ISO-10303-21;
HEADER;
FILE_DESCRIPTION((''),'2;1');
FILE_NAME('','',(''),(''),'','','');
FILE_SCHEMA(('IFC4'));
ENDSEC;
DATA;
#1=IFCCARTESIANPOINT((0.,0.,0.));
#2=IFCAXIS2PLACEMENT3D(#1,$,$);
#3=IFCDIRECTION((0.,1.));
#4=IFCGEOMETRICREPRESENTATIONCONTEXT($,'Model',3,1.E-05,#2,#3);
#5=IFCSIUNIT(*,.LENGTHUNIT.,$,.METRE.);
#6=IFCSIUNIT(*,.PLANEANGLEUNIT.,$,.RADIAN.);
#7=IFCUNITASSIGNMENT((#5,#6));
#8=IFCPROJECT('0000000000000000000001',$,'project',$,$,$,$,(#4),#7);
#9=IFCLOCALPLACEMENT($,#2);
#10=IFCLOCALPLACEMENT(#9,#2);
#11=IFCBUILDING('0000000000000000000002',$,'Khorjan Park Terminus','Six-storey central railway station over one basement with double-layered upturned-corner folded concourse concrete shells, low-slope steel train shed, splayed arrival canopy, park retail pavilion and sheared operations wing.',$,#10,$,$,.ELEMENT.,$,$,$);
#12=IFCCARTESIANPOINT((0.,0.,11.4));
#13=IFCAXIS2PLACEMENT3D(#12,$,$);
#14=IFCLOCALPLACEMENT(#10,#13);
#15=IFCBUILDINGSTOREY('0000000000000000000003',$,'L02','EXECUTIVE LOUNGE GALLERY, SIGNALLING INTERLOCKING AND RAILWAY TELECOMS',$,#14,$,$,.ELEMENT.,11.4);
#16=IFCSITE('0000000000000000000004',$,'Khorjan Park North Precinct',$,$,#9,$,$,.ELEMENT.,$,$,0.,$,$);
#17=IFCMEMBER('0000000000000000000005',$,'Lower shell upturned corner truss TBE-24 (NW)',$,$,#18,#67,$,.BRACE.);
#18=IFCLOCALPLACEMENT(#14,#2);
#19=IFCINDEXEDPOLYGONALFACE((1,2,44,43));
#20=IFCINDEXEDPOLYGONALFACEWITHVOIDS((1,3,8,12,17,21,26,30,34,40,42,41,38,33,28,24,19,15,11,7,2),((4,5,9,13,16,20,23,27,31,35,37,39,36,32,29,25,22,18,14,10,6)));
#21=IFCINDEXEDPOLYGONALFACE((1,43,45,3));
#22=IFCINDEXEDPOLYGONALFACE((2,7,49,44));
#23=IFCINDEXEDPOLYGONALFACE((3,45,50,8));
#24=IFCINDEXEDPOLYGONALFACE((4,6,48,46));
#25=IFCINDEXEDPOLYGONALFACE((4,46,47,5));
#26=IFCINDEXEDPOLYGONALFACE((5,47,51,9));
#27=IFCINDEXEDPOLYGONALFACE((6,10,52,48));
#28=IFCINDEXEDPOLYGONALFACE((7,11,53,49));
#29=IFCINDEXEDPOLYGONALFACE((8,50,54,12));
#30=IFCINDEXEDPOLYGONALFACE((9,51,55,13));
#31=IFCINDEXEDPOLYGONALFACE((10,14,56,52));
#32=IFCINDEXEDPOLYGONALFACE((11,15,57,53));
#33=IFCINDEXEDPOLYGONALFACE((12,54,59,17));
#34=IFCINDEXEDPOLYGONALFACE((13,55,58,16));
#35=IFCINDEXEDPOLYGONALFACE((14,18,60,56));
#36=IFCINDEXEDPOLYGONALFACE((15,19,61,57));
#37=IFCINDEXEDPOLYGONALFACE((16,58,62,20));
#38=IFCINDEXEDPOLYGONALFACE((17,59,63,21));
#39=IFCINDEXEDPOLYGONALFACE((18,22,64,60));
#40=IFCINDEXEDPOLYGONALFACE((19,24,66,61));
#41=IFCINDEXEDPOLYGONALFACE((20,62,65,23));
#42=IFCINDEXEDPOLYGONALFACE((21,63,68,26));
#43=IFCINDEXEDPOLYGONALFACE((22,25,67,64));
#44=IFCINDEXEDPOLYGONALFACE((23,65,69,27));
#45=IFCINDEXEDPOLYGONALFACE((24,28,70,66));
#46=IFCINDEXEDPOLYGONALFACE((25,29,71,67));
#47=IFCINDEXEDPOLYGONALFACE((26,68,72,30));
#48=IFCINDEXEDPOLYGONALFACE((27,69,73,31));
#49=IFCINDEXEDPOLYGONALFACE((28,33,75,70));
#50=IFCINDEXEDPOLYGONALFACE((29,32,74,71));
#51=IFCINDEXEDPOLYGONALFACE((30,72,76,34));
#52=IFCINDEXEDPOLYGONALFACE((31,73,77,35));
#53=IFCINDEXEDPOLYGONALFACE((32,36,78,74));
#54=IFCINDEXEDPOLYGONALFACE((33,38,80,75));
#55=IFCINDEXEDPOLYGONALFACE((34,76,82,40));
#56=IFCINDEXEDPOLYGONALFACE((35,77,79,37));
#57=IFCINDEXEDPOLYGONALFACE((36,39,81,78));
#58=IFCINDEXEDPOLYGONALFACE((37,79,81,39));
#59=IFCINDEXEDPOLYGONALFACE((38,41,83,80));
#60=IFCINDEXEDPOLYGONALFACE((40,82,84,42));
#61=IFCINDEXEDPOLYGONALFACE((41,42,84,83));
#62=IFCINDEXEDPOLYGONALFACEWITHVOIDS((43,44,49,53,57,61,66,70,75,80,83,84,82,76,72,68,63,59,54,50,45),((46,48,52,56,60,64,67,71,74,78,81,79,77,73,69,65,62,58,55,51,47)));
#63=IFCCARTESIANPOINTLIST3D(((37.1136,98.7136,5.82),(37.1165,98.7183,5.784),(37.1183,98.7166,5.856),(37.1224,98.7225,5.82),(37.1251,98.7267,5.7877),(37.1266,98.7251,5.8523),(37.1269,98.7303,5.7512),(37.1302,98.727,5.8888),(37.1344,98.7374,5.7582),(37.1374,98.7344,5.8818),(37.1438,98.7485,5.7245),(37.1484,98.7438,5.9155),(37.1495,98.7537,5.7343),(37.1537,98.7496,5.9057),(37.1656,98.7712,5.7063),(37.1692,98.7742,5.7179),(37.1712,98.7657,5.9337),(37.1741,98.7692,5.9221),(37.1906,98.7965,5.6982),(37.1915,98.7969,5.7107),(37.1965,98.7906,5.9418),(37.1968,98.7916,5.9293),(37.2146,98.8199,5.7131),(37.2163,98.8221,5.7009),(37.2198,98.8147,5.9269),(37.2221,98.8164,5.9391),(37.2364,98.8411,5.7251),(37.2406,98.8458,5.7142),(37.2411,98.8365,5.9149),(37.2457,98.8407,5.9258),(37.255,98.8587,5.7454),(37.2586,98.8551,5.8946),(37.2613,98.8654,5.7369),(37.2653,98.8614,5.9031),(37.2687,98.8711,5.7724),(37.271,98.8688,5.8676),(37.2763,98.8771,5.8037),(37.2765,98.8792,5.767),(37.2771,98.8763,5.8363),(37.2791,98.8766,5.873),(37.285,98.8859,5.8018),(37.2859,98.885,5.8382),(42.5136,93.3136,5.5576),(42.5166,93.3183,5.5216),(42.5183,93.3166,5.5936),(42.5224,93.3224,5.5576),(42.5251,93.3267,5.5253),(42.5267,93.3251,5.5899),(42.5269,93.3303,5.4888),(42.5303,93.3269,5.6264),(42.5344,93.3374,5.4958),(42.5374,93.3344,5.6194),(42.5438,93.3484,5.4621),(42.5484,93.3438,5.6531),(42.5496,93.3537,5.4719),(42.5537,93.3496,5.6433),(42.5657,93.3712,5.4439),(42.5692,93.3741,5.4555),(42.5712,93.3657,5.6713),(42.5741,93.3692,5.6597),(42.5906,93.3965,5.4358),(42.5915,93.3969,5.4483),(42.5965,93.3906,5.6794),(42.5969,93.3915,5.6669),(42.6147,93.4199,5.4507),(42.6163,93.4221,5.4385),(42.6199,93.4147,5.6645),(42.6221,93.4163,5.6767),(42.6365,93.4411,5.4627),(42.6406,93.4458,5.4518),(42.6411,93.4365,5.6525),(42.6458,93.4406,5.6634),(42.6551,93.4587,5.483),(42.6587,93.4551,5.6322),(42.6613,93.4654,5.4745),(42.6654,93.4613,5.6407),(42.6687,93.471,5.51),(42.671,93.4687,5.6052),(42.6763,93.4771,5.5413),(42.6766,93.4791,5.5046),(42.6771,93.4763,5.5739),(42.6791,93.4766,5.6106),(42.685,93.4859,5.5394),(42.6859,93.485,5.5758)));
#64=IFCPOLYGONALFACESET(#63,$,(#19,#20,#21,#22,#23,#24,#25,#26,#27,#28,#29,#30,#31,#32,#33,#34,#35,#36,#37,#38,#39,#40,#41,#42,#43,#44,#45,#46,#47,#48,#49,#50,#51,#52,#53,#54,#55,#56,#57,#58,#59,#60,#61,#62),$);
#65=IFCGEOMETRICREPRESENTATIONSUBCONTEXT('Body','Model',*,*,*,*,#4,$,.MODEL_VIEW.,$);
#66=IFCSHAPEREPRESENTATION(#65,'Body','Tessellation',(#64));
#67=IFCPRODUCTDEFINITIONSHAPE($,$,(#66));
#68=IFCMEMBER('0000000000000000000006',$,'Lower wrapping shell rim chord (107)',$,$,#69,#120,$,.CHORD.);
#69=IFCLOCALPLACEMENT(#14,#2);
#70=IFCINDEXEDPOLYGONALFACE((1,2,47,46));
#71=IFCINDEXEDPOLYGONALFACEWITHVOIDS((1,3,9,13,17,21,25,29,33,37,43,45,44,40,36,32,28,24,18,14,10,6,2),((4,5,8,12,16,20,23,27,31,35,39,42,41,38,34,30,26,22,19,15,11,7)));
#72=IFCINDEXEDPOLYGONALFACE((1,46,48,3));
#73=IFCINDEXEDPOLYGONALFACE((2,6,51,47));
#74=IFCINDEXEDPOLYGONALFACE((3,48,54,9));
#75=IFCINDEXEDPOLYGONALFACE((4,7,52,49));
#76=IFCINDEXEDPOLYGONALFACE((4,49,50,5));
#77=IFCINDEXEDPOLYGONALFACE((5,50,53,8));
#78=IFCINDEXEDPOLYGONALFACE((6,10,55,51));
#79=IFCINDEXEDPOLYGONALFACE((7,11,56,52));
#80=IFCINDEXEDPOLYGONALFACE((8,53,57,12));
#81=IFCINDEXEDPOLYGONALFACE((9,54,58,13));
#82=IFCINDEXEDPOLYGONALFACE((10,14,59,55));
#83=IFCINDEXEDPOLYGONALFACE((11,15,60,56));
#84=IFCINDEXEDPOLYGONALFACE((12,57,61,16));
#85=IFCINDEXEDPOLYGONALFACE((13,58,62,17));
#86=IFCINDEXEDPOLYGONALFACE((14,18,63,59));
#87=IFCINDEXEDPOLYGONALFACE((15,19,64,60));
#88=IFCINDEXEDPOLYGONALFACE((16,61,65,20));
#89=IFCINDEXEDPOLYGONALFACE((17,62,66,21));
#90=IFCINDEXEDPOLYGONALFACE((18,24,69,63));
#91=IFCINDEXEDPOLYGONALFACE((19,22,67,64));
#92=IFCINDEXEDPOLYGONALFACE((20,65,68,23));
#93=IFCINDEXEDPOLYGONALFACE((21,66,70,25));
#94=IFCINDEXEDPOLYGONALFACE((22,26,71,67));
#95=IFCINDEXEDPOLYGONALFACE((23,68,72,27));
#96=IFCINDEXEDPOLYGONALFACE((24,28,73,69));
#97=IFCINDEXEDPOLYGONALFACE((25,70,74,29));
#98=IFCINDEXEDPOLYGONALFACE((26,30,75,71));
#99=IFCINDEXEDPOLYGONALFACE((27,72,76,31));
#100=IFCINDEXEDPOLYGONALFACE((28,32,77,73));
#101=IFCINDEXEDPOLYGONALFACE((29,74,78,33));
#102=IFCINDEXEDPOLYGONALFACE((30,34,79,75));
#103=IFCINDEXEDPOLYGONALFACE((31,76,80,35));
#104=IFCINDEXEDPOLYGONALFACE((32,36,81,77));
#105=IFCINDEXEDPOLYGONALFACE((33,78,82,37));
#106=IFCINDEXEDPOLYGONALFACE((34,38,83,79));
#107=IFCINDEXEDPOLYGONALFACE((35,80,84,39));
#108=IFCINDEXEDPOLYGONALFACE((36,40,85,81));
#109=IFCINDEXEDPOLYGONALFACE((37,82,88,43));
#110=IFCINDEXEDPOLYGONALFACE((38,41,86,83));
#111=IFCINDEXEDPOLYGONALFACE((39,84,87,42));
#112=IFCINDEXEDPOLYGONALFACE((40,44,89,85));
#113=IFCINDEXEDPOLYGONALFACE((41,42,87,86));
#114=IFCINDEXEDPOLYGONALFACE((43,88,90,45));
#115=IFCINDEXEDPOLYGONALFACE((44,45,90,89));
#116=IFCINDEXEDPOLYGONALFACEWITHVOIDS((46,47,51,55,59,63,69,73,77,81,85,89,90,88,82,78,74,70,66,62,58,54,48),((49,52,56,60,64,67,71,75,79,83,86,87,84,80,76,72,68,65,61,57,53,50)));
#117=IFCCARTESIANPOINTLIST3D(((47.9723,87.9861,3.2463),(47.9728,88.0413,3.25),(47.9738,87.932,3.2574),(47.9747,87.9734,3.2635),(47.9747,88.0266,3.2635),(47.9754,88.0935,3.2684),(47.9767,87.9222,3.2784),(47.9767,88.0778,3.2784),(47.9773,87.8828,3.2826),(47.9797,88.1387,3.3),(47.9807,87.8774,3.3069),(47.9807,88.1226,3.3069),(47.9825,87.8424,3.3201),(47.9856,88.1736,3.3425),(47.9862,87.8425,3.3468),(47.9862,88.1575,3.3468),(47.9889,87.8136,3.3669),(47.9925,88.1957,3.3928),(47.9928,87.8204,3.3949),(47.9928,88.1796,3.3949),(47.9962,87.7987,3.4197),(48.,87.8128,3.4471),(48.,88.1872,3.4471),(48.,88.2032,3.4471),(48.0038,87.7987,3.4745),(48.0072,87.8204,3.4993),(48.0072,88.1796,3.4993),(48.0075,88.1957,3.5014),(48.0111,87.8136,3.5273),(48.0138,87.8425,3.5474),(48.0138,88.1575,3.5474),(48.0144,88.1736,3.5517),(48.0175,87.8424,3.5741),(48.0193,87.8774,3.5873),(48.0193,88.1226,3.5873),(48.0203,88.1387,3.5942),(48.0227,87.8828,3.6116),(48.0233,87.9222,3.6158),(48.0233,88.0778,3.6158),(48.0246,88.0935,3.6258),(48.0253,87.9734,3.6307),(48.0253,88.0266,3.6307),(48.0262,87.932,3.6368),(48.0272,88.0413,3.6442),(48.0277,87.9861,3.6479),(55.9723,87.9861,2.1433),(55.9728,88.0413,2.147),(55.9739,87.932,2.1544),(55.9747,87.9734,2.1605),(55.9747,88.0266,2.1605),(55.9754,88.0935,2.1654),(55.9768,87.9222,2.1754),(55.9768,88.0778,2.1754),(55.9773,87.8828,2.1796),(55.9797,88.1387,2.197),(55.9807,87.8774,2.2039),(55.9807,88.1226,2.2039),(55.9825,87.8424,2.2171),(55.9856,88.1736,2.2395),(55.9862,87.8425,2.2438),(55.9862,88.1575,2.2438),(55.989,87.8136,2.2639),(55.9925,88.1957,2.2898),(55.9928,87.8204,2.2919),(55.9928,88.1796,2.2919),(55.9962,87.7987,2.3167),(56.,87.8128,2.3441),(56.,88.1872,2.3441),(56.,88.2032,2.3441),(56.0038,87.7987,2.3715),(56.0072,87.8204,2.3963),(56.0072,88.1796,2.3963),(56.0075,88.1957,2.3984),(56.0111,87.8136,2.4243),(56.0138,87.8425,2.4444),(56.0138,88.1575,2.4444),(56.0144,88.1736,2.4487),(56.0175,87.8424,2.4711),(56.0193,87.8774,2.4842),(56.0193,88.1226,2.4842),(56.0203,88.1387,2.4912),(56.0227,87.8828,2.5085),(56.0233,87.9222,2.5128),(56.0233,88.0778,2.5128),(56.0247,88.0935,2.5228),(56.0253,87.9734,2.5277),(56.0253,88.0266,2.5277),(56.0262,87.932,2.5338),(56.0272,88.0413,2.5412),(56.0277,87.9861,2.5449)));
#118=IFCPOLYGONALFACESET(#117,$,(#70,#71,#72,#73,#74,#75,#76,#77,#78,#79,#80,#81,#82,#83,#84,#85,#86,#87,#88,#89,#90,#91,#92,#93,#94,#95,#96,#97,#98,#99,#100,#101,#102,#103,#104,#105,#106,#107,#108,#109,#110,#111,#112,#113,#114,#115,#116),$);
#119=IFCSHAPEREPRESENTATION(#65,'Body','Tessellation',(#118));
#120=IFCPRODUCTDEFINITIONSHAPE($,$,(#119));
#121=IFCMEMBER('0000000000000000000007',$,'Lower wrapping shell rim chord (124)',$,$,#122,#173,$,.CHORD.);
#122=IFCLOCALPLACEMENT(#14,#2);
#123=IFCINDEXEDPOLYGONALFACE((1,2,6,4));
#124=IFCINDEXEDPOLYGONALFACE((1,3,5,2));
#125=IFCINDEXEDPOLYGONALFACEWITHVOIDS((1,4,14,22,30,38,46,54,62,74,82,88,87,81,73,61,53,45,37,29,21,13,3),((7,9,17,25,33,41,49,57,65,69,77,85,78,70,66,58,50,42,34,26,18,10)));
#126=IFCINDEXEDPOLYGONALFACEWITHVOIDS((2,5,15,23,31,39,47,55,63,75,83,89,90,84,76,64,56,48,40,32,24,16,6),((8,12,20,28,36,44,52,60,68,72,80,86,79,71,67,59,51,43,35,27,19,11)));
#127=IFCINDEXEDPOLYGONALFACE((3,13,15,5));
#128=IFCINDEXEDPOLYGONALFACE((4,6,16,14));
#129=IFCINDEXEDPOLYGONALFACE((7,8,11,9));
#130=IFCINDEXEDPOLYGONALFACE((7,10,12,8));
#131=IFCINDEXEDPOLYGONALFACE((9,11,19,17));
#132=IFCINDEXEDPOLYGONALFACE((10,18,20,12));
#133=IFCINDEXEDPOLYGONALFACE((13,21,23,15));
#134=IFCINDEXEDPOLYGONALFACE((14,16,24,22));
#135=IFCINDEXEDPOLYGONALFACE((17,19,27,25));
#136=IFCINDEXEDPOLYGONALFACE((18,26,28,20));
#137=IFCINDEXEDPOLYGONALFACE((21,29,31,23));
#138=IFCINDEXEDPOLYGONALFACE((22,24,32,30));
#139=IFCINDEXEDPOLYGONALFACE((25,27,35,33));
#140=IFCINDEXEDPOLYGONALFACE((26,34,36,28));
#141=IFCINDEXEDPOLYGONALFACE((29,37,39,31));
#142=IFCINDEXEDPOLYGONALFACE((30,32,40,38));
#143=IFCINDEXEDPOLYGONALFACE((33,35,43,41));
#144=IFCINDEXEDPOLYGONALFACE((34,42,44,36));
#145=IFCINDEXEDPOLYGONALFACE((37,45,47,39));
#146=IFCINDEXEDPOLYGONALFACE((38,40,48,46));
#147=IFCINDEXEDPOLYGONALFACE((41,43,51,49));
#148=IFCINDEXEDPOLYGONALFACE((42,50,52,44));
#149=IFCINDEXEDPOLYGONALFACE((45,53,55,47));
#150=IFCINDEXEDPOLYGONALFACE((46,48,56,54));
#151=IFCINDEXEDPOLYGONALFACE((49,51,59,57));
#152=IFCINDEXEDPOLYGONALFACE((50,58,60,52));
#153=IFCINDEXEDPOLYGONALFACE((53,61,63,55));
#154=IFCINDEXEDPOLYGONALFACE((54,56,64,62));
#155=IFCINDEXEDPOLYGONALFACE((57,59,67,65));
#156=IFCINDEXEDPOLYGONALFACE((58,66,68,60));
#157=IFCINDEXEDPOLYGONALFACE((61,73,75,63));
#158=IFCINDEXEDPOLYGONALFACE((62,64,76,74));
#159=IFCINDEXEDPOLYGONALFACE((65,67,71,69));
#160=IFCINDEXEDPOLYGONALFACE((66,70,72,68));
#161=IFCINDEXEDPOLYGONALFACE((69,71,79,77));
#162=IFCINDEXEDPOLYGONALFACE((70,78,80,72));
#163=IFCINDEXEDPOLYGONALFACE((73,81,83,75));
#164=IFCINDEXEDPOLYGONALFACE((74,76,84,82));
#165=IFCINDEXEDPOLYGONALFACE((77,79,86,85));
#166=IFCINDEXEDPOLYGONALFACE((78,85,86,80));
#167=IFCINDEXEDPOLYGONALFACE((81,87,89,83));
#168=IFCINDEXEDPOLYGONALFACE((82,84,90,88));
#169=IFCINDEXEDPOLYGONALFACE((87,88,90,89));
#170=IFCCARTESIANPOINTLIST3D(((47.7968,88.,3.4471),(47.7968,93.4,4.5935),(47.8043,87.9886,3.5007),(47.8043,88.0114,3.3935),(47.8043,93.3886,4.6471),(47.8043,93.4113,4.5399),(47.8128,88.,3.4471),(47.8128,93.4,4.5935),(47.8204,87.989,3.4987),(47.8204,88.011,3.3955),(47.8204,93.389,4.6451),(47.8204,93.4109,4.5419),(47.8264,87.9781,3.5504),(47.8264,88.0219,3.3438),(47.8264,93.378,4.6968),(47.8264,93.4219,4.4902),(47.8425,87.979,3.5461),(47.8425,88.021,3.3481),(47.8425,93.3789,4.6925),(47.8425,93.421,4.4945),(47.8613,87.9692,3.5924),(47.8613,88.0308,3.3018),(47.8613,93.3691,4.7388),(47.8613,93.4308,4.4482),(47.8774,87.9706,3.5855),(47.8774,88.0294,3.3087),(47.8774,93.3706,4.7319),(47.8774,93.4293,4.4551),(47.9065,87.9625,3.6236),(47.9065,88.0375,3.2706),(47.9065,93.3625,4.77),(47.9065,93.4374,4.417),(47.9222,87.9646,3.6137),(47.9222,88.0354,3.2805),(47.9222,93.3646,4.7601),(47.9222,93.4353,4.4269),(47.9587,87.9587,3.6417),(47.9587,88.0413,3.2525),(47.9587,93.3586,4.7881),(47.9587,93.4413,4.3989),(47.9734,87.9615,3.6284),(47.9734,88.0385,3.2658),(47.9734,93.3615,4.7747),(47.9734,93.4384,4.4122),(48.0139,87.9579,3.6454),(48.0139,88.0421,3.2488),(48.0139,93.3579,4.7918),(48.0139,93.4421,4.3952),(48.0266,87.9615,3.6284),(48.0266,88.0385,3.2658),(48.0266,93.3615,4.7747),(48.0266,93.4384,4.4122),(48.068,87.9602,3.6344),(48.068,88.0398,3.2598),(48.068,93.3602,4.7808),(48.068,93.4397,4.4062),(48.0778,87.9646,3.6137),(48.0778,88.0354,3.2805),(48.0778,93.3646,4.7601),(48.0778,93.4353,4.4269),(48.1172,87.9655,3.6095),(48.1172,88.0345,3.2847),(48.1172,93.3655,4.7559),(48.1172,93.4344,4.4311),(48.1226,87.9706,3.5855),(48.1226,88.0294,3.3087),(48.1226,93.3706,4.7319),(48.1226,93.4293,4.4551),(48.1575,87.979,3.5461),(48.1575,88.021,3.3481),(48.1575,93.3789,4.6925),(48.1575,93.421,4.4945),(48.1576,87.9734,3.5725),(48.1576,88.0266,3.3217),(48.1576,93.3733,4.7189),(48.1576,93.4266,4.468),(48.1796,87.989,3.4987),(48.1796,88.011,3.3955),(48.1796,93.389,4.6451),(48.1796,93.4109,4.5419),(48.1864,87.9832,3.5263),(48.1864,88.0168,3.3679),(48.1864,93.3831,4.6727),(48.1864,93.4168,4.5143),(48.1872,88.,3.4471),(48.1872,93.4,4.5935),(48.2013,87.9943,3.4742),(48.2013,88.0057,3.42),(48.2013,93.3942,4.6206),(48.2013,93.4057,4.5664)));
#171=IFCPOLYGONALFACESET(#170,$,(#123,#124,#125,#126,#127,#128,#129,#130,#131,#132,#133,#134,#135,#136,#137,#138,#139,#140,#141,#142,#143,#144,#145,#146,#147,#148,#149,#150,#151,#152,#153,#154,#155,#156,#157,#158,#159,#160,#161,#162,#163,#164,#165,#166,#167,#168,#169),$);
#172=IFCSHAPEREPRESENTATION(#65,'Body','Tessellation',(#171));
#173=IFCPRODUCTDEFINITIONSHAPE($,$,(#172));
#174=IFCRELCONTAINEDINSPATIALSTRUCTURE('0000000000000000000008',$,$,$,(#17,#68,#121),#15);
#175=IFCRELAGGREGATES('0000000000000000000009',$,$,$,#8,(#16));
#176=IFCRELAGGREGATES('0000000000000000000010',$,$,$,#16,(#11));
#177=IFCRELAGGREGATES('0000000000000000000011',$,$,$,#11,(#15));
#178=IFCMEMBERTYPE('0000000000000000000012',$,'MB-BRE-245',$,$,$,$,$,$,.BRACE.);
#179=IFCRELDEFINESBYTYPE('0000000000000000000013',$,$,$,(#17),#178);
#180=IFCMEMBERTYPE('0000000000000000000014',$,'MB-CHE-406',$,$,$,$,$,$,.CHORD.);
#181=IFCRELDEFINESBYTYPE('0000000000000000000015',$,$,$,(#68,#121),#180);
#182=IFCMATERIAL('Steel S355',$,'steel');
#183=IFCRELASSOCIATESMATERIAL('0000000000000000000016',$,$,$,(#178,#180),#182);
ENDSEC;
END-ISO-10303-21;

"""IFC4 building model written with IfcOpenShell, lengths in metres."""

from ifc_helpers import new_model, si_unit, direction, frame, origin, origin_2d, place, context, subcontext, project, spatial, hollow_circle, extrude, material, material_profile, profile_set, type_object, element, save


model = new_model("IFC4")

# Units and contexts
model_context = context("Model", 3, precision=1e-05, world=origin(), true_north=direction((0.0, 1.0)))
body_context = subcontext(model_context, "Body", "Model", "MODEL_VIEW")
ifc_project = project(units=[si_unit("LENGTHUNIT", "METRE"), si_unit("PLANEANGLEUNIT", "RADIAN")], contexts=[model_context])

# Site, building, storey
site_placement = place(None, origin())
site = spatial("IfcSite", under=ifc_project, at=site_placement, Name="Khorjan Park North Precinct", CompositionType="ELEMENT", RefElevation=0.0)
building_placement = place(site_placement, origin())
building = spatial("IfcBuilding", under=site, at=building_placement, Name="Khorjan Park Terminus", Description="Six-storey central railway station over one basement with double-layered upturned-corner folded concourse concrete shells, low-slope steel train shed, splayed arrival canopy, park retail pavilion and sheared operations wing.", CompositionType="ELEMENT")
storey_placement = place(building_placement, frame((0.0, 0.0, 11.4)))
storey = spatial("IfcBuildingStorey", under=building, at=storey_placement, Name="L02", Description="EXECUTIVE LOUNGE GALLERY, SIGNALLING INTERLOCKING AND RAILWAY TELECOMS", CompositionType="ELEMENT", Elevation=11.4)

# Members
ifc_material_1 = material(Name="Steel S355", Category="steel")
ifc_material_profile_1 = material_profile(ifc_material_1, hollow_circle(Radius=0.1222, WallThickness=0.0125, at=origin_2d()), Name="CHS 244.5x12.5")
ifc_profile_set_1 = profile_set([ifc_material_profile_1], Name="Steel S355")
member_type_1 = type_object("IfcMemberType", Name="MB-BRE-245", PredefinedType="BRACE", material=ifc_profile_set_1)
member_1_placement = place(storey_placement, frame((42.6, 93.4, 5.5576), z_axis=(-0.70669, 0.70669, 0.03434), x_axis=(-0.707107, -0.707107, 0.0)))
element("IfcMember", 1, at=member_1_placement, inside=storey, type_object=member_type_1, Name="Lower shell upturned corner truss TBE-24 (NW)", PredefinedType="BRACE", context=body_context, shape_type="SweptSolid", body=[
    extrude(hollow_circle(Radius=0.1222, WallThickness=0.0125, at=origin_2d()), origin(), (0.0, 0.0, 1.0), 7.6413),
])
ifc_material_profile_2 = material_profile(ifc_material_1, hollow_circle(Radius=0.2032, WallThickness=0.016, at=origin_2d()), Name="CHS 406.4x16")
ifc_profile_set_2 = profile_set([ifc_material_profile_2], Name="Steel S355")
member_type_2 = type_object("IfcMemberType", Name="MB-CHE-406", PredefinedType="CHORD", material=ifc_profile_set_2)
member_2_placement = place(storey_placement, frame((48.0, 88.0, 3.4471), z_axis=(0.990629, 0.0, -0.136583), x_axis=(0.0, 1.0, 0.0)))
element("IfcMember", 2, at=member_2_placement, inside=storey, type_object=member_type_2, Name="Lower wrapping shell rim chord (107)", PredefinedType="CHORD", context=body_context, shape_type="SweptSolid", body=[
    extrude(hollow_circle(Radius=0.2032, WallThickness=0.016, at=origin_2d()), origin(), (0.0, 0.0, 1.0), 8.0757),
])
member_3_placement = place(storey_placement, frame((48.0, 88.0, 3.4471), z_axis=(0.0, 0.978199, 0.207668), x_axis=(-1.0, 0.0, 0.0)))
element("IfcMember", 3, at=member_3_placement, inside=storey, type_object=member_type_2, Name="Lower wrapping shell rim chord (124)", PredefinedType="CHORD", context=body_context, shape_type="SweptSolid", body=[
    extrude(hollow_circle(Radius=0.2032, WallThickness=0.016, at=origin_2d()), origin(), (0.0, 0.0, 1.0), 5.5203),
])

save(model, "model.ifc")
